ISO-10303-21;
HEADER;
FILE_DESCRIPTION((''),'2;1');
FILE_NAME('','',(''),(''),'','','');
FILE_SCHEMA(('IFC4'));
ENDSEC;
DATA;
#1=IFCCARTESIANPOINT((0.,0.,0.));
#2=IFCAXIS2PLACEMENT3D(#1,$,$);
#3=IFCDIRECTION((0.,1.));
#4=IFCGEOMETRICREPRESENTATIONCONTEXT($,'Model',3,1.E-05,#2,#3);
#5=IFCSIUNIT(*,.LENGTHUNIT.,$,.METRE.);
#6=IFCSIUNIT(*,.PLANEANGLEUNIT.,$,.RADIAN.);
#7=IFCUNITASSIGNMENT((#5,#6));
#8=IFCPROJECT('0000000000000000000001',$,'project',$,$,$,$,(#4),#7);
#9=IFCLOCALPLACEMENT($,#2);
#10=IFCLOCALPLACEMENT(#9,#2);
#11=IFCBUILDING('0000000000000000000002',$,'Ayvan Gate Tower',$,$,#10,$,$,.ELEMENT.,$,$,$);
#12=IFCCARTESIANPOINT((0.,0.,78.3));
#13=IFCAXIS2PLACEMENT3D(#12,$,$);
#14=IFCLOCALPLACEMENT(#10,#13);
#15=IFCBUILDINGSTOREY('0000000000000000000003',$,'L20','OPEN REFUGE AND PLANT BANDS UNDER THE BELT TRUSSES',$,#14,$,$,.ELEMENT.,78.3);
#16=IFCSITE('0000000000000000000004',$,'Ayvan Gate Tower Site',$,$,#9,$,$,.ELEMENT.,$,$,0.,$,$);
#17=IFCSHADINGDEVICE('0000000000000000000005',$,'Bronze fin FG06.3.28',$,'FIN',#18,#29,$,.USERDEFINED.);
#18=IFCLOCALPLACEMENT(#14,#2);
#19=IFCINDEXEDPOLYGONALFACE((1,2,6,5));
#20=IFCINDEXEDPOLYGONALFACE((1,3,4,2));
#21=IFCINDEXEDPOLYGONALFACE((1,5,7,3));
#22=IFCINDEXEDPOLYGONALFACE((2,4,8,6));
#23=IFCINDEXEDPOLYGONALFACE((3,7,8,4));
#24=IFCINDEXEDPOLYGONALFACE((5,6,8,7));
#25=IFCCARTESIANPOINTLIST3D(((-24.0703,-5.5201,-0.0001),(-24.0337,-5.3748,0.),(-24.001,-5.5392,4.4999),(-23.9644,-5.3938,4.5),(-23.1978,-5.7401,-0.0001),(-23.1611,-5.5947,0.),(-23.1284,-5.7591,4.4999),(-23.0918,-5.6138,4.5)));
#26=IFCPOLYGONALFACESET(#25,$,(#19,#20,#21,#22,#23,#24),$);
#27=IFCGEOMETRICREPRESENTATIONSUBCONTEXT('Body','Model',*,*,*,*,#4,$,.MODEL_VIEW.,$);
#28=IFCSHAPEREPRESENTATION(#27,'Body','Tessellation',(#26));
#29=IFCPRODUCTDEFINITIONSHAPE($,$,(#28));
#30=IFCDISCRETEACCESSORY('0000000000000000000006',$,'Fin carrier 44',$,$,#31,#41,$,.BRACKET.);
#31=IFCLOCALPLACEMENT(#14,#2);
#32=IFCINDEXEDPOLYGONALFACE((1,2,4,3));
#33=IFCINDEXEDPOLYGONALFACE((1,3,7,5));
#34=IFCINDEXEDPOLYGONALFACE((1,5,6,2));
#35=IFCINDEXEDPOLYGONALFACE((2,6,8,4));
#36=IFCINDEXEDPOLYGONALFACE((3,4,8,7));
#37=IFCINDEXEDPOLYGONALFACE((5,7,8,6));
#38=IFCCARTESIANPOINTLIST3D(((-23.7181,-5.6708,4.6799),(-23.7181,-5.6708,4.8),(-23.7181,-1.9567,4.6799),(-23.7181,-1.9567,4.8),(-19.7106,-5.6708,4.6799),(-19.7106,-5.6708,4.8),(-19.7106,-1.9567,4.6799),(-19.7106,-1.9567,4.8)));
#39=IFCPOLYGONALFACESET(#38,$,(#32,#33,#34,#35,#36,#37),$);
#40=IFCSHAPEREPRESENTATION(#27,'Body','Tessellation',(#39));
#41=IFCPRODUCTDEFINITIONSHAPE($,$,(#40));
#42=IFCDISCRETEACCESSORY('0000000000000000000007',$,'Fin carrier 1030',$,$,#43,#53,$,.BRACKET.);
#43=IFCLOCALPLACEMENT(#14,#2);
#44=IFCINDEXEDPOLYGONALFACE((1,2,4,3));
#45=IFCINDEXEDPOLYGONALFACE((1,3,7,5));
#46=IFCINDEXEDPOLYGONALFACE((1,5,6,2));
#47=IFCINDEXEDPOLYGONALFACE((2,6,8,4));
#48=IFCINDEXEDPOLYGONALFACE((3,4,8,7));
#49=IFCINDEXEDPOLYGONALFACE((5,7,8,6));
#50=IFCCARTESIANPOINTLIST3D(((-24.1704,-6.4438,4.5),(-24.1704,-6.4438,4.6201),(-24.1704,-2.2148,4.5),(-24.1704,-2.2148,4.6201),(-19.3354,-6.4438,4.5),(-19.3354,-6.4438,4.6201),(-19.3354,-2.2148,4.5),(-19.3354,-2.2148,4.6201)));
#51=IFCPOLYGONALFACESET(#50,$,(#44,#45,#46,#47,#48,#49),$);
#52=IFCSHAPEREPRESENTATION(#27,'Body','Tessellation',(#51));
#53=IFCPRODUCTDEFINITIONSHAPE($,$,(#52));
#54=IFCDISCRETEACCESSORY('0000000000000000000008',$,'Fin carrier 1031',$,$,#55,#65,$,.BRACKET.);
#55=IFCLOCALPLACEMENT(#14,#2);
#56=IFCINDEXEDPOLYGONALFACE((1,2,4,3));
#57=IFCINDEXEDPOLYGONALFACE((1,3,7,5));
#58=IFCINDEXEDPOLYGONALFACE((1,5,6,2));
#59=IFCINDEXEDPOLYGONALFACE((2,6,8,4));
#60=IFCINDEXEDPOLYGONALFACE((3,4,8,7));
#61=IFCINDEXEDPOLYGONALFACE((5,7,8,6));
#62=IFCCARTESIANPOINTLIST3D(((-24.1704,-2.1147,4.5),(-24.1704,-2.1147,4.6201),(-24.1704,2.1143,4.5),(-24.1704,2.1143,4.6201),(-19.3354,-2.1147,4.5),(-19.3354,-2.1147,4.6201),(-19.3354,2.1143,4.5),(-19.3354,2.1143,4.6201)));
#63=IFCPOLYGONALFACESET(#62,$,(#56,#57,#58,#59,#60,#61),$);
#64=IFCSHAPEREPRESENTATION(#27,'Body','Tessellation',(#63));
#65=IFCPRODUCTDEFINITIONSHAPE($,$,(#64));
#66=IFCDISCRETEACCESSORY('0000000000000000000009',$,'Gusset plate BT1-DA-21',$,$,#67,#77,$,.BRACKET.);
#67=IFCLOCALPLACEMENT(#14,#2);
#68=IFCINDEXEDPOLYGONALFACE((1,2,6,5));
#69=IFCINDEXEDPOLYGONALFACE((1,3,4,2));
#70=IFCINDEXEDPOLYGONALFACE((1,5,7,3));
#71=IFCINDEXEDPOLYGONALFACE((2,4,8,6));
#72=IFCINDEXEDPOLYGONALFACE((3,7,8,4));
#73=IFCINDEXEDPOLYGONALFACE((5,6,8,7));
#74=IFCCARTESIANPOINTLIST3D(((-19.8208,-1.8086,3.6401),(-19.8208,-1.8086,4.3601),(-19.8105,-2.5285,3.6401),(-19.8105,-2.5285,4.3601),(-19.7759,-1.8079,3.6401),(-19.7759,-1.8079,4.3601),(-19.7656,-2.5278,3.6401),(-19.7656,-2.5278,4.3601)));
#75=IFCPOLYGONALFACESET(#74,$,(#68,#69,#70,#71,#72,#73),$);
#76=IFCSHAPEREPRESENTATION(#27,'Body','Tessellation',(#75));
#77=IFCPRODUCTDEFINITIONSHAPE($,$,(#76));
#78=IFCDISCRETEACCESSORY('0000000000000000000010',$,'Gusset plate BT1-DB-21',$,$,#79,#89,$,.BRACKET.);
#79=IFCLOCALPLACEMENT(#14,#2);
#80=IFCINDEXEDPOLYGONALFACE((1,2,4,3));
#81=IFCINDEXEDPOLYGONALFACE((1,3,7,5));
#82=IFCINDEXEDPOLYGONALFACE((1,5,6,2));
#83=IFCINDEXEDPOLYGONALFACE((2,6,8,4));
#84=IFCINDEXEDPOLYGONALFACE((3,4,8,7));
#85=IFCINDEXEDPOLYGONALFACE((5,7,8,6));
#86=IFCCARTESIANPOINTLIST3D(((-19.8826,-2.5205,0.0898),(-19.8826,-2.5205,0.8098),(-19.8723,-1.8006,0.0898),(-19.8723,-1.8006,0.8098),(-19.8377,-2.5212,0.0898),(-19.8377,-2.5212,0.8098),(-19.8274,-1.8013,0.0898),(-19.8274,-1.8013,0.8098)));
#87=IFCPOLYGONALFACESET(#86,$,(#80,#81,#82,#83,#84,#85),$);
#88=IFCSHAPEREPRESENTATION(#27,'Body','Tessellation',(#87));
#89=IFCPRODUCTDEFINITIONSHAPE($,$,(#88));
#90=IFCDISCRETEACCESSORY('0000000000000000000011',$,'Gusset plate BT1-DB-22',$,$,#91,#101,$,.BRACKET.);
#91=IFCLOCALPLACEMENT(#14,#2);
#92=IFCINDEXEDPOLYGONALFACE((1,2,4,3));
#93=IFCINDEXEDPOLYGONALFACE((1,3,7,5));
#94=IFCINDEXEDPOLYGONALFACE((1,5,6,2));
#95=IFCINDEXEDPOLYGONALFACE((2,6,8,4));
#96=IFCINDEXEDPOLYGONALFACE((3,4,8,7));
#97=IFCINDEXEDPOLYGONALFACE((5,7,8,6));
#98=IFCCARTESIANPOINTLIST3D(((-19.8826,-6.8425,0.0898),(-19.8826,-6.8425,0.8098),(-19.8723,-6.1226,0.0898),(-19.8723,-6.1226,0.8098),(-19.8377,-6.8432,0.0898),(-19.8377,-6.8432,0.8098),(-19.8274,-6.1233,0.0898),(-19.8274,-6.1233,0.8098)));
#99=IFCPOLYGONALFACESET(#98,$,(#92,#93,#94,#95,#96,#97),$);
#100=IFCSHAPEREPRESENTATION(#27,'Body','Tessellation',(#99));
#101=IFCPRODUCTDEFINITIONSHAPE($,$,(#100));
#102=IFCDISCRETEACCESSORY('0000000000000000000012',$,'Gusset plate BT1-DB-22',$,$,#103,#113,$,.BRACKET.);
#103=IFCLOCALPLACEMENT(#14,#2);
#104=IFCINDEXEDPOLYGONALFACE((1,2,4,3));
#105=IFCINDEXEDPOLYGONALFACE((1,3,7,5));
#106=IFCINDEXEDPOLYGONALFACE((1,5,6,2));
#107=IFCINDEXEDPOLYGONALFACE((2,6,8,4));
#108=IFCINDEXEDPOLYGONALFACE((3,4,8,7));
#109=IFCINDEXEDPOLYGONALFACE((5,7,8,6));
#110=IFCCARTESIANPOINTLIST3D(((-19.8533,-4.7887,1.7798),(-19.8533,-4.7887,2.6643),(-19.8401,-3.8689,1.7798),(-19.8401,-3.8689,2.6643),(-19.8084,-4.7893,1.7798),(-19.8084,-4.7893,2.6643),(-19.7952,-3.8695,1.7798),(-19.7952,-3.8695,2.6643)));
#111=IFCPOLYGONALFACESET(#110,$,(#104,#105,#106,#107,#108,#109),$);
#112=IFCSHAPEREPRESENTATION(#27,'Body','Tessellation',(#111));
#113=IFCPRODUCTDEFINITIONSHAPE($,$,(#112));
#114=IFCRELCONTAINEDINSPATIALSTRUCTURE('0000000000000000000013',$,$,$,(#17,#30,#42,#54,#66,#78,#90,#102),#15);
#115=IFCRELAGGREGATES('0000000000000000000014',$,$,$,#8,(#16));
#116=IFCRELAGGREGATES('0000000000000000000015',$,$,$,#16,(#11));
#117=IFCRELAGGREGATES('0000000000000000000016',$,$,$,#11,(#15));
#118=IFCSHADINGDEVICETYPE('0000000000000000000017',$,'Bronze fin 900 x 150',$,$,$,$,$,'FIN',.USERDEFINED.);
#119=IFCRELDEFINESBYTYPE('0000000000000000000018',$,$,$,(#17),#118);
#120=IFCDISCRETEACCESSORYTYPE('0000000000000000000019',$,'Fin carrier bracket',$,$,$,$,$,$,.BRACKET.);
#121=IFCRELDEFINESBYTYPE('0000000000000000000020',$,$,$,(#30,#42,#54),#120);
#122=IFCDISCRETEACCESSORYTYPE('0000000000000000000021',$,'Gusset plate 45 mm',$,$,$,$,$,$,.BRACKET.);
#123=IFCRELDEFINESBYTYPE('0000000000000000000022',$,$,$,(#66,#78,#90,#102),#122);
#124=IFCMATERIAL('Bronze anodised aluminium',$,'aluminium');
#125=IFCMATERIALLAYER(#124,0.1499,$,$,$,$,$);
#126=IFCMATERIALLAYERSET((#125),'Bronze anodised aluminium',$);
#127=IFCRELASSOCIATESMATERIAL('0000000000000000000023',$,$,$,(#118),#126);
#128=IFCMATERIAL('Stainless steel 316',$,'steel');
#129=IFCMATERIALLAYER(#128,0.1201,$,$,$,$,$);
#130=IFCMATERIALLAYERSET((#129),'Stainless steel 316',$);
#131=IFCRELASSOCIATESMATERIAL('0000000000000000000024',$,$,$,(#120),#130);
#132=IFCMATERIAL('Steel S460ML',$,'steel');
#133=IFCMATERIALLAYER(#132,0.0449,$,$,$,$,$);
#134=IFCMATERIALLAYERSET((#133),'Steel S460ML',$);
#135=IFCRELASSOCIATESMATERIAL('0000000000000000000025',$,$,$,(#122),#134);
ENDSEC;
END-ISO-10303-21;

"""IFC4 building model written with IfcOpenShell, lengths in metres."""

from ifc_helpers import new_model, si_unit, direction, frame, origin, origin_2d, place, context, subcontext, project, spatial, polyline, rectangle, outline, extrude, material, layer, layer_set, type_object, element, save


model = new_model("IFC4")

# Units and contexts
model_context = context("Model", 3, precision=1e-05, world=origin(), true_north=direction((0.0, 1.0)))
body_context = subcontext(model_context, "Body", "Model", "MODEL_VIEW")
ifc_project = project(units=[si_unit("LENGTHUNIT", "METRE"), si_unit("PLANEANGLEUNIT", "RADIAN")], contexts=[model_context])

# Site, building, storey
site_placement = place(None, origin())
site = spatial("IfcSite", under=ifc_project, at=site_placement, Name="Ayvan Gate Tower Site", CompositionType="ELEMENT", RefElevation=0.0)
building_placement = place(site_placement, origin())
building = spatial("IfcBuilding", under=site, at=building_placement, Name="Ayvan Gate Tower", CompositionType="ELEMENT")
storey_placement = place(building_placement, frame((0.0, 0.0, 78.3)))
storey = spatial("IfcBuildingStorey", under=building, at=storey_placement, Name="L20", Description="OPEN REFUGE AND PLANT BANDS UNDER THE BELT TRUSSES", CompositionType="ELEMENT", Elevation=78.3)

# Shared definitions
ifc_material_1 = material(Name="Steel S460ML", Category="steel")

# Shading device
ifc_material_2 = material(Name="Bronze anodised aluminium", Category="aluminium")
ifc_layer_1 = layer(ifc_material_2, 0.1499)
ifc_layer_set_1 = layer_set([ifc_layer_1], Name="Bronze anodised aluminium")
shading_device_type = type_object("IfcShadingDeviceType", Name="Bronze fin 900 x 150", ElementType="FIN", PredefinedType="USERDEFINED", material=ifc_layer_set_1)
shading_device_1_placement = place(storey_placement, frame((-23.1611, -5.5947, 0.0), z_axis=(0.24445, 0.969662, 0.000337), x_axis=(-0.969662, 0.24445, 0.0)))
element("IfcShadingDevice", 1, at=shading_device_1_placement, inside=storey, type_object=shading_device_type, Name="Bronze fin FG06.3.28", ObjectType="FIN", PredefinedType="USERDEFINED", context=body_context, shape_type="SweptSolid", body=[
    extrude(outline(polyline([(0.0, 0.0), (0.8999, 0.0), (0.828, 4.5), (-0.0719, 4.5), (0.0, 0.0)])), origin(), (0.0, 0.0, -1.0), 0.1499),
])

# Discrete accessories
ifc_material_3 = material(Name="Stainless steel 316", Category="steel")
ifc_layer_2 = layer(ifc_material_3, 0.1201)
ifc_layer_set_2 = layer_set([ifc_layer_2], Name="Stainless steel 316")
discrete_accessory_type_1 = type_object("IfcDiscreteAccessoryType", Name="Fin carrier bracket", PredefinedType="BRACKET", material=ifc_layer_set_2)
discrete_accessory_1_placement = place(storey_placement, frame((-21.7144, -3.8137, 4.6799), z_axis=(0.0, 0.0, 1.0), x_axis=(0.0, -1.0, 0.0)))
element("IfcDiscreteAccessory", 2, at=discrete_accessory_1_placement, inside=storey, type_object=discrete_accessory_type_1, Name="Fin carrier 44", PredefinedType="BRACKET", context=body_context, shape_type="SweptSolid", body=[
    extrude(rectangle(XDim=3.7141, YDim=4.0076, at=origin_2d()), origin(), (0.0, 0.0, 1.0), 0.1201),
])
for number, where, z_axis, x_axis, name in (
    (3, (-21.7529, -4.3293, 4.5), (0.0, 0.0, 1.0), (0.0, -1.0, 0.0), "Fin carrier 1030"),
    (4, (-21.7529, -0.0002, 4.5), (0.0, 0.0, 1.0), (0.0, -1.0, 0.0), "Fin carrier 1031"),
):
    element("IfcDiscreteAccessory", number, at=place(storey_placement, frame(where, z_axis=z_axis, x_axis=x_axis)), inside=storey, type_object=discrete_accessory_type_1, Name=name, PredefinedType="BRACKET", context=body_context, shape_type="SweptSolid", body=[
        extrude(rectangle(XDim=4.229, YDim=4.835, at=origin_2d()), origin(), (0.0, 0.0, 1.0), 0.1201),
    ])
ifc_layer_3 = layer(ifc_material_1, 0.0449)
ifc_layer_set_3 = layer_set([ifc_layer_3], Name="Steel S460ML")
discrete_accessory_type_2 = type_object("IfcDiscreteAccessoryType", Name="Gusset plate 45 mm", PredefinedType="BRACKET", material=ifc_layer_set_3)
for number, where, z_axis, x_axis, name in (
    (5, (-19.7932, -2.1682, 3.6401), (0.0, 0.0, 1.0), (-0.014313, 0.999898, 0.0), "Gusset plate BT1-DA-21"),
    (6, (-19.855, -2.1609, 0.0898), (0.0, 0.0, 1.0), (0.014313, 0.999898, 0.0), "Gusset plate BT1-DB-21"),
    (7, (-19.855, -6.4829, 0.0898), (0.0, 0.0, 1.0), (0.01436, 0.999897, 0.0), "Gusset plate BT1-DB-22"),
):
    element("IfcDiscreteAccessory", number, at=place(storey_placement, frame(where, z_axis=z_axis, x_axis=x_axis)), inside=storey, type_object=discrete_accessory_type_2, Name=name, PredefinedType="BRACKET", context=body_context, shape_type="SweptSolid", body=[
        extrude(rectangle(XDim=0.72, YDim=0.0449, at=origin_2d()), origin(), (0.0, 0.0, 1.0), 0.72),
    ])
discrete_accessory_2_placement = place(storey_placement, frame((-19.8242, -4.3291, 1.7798), z_axis=(0.0, 0.0, 1.0), x_axis=(0.01436, 0.999897, 0.0)))
element("IfcDiscreteAccessory", 8, at=discrete_accessory_2_placement, inside=storey, type_object=discrete_accessory_type_2, Name="Gusset plate BT1-DB-22", PredefinedType="BRACKET", context=body_context, shape_type="SweptSolid", body=[
    extrude(rectangle(XDim=0.9199, YDim=0.0449, at=origin_2d()), origin(), (0.0, 0.0, 1.0), 0.8845),
])

save(model, "model.ifc")
